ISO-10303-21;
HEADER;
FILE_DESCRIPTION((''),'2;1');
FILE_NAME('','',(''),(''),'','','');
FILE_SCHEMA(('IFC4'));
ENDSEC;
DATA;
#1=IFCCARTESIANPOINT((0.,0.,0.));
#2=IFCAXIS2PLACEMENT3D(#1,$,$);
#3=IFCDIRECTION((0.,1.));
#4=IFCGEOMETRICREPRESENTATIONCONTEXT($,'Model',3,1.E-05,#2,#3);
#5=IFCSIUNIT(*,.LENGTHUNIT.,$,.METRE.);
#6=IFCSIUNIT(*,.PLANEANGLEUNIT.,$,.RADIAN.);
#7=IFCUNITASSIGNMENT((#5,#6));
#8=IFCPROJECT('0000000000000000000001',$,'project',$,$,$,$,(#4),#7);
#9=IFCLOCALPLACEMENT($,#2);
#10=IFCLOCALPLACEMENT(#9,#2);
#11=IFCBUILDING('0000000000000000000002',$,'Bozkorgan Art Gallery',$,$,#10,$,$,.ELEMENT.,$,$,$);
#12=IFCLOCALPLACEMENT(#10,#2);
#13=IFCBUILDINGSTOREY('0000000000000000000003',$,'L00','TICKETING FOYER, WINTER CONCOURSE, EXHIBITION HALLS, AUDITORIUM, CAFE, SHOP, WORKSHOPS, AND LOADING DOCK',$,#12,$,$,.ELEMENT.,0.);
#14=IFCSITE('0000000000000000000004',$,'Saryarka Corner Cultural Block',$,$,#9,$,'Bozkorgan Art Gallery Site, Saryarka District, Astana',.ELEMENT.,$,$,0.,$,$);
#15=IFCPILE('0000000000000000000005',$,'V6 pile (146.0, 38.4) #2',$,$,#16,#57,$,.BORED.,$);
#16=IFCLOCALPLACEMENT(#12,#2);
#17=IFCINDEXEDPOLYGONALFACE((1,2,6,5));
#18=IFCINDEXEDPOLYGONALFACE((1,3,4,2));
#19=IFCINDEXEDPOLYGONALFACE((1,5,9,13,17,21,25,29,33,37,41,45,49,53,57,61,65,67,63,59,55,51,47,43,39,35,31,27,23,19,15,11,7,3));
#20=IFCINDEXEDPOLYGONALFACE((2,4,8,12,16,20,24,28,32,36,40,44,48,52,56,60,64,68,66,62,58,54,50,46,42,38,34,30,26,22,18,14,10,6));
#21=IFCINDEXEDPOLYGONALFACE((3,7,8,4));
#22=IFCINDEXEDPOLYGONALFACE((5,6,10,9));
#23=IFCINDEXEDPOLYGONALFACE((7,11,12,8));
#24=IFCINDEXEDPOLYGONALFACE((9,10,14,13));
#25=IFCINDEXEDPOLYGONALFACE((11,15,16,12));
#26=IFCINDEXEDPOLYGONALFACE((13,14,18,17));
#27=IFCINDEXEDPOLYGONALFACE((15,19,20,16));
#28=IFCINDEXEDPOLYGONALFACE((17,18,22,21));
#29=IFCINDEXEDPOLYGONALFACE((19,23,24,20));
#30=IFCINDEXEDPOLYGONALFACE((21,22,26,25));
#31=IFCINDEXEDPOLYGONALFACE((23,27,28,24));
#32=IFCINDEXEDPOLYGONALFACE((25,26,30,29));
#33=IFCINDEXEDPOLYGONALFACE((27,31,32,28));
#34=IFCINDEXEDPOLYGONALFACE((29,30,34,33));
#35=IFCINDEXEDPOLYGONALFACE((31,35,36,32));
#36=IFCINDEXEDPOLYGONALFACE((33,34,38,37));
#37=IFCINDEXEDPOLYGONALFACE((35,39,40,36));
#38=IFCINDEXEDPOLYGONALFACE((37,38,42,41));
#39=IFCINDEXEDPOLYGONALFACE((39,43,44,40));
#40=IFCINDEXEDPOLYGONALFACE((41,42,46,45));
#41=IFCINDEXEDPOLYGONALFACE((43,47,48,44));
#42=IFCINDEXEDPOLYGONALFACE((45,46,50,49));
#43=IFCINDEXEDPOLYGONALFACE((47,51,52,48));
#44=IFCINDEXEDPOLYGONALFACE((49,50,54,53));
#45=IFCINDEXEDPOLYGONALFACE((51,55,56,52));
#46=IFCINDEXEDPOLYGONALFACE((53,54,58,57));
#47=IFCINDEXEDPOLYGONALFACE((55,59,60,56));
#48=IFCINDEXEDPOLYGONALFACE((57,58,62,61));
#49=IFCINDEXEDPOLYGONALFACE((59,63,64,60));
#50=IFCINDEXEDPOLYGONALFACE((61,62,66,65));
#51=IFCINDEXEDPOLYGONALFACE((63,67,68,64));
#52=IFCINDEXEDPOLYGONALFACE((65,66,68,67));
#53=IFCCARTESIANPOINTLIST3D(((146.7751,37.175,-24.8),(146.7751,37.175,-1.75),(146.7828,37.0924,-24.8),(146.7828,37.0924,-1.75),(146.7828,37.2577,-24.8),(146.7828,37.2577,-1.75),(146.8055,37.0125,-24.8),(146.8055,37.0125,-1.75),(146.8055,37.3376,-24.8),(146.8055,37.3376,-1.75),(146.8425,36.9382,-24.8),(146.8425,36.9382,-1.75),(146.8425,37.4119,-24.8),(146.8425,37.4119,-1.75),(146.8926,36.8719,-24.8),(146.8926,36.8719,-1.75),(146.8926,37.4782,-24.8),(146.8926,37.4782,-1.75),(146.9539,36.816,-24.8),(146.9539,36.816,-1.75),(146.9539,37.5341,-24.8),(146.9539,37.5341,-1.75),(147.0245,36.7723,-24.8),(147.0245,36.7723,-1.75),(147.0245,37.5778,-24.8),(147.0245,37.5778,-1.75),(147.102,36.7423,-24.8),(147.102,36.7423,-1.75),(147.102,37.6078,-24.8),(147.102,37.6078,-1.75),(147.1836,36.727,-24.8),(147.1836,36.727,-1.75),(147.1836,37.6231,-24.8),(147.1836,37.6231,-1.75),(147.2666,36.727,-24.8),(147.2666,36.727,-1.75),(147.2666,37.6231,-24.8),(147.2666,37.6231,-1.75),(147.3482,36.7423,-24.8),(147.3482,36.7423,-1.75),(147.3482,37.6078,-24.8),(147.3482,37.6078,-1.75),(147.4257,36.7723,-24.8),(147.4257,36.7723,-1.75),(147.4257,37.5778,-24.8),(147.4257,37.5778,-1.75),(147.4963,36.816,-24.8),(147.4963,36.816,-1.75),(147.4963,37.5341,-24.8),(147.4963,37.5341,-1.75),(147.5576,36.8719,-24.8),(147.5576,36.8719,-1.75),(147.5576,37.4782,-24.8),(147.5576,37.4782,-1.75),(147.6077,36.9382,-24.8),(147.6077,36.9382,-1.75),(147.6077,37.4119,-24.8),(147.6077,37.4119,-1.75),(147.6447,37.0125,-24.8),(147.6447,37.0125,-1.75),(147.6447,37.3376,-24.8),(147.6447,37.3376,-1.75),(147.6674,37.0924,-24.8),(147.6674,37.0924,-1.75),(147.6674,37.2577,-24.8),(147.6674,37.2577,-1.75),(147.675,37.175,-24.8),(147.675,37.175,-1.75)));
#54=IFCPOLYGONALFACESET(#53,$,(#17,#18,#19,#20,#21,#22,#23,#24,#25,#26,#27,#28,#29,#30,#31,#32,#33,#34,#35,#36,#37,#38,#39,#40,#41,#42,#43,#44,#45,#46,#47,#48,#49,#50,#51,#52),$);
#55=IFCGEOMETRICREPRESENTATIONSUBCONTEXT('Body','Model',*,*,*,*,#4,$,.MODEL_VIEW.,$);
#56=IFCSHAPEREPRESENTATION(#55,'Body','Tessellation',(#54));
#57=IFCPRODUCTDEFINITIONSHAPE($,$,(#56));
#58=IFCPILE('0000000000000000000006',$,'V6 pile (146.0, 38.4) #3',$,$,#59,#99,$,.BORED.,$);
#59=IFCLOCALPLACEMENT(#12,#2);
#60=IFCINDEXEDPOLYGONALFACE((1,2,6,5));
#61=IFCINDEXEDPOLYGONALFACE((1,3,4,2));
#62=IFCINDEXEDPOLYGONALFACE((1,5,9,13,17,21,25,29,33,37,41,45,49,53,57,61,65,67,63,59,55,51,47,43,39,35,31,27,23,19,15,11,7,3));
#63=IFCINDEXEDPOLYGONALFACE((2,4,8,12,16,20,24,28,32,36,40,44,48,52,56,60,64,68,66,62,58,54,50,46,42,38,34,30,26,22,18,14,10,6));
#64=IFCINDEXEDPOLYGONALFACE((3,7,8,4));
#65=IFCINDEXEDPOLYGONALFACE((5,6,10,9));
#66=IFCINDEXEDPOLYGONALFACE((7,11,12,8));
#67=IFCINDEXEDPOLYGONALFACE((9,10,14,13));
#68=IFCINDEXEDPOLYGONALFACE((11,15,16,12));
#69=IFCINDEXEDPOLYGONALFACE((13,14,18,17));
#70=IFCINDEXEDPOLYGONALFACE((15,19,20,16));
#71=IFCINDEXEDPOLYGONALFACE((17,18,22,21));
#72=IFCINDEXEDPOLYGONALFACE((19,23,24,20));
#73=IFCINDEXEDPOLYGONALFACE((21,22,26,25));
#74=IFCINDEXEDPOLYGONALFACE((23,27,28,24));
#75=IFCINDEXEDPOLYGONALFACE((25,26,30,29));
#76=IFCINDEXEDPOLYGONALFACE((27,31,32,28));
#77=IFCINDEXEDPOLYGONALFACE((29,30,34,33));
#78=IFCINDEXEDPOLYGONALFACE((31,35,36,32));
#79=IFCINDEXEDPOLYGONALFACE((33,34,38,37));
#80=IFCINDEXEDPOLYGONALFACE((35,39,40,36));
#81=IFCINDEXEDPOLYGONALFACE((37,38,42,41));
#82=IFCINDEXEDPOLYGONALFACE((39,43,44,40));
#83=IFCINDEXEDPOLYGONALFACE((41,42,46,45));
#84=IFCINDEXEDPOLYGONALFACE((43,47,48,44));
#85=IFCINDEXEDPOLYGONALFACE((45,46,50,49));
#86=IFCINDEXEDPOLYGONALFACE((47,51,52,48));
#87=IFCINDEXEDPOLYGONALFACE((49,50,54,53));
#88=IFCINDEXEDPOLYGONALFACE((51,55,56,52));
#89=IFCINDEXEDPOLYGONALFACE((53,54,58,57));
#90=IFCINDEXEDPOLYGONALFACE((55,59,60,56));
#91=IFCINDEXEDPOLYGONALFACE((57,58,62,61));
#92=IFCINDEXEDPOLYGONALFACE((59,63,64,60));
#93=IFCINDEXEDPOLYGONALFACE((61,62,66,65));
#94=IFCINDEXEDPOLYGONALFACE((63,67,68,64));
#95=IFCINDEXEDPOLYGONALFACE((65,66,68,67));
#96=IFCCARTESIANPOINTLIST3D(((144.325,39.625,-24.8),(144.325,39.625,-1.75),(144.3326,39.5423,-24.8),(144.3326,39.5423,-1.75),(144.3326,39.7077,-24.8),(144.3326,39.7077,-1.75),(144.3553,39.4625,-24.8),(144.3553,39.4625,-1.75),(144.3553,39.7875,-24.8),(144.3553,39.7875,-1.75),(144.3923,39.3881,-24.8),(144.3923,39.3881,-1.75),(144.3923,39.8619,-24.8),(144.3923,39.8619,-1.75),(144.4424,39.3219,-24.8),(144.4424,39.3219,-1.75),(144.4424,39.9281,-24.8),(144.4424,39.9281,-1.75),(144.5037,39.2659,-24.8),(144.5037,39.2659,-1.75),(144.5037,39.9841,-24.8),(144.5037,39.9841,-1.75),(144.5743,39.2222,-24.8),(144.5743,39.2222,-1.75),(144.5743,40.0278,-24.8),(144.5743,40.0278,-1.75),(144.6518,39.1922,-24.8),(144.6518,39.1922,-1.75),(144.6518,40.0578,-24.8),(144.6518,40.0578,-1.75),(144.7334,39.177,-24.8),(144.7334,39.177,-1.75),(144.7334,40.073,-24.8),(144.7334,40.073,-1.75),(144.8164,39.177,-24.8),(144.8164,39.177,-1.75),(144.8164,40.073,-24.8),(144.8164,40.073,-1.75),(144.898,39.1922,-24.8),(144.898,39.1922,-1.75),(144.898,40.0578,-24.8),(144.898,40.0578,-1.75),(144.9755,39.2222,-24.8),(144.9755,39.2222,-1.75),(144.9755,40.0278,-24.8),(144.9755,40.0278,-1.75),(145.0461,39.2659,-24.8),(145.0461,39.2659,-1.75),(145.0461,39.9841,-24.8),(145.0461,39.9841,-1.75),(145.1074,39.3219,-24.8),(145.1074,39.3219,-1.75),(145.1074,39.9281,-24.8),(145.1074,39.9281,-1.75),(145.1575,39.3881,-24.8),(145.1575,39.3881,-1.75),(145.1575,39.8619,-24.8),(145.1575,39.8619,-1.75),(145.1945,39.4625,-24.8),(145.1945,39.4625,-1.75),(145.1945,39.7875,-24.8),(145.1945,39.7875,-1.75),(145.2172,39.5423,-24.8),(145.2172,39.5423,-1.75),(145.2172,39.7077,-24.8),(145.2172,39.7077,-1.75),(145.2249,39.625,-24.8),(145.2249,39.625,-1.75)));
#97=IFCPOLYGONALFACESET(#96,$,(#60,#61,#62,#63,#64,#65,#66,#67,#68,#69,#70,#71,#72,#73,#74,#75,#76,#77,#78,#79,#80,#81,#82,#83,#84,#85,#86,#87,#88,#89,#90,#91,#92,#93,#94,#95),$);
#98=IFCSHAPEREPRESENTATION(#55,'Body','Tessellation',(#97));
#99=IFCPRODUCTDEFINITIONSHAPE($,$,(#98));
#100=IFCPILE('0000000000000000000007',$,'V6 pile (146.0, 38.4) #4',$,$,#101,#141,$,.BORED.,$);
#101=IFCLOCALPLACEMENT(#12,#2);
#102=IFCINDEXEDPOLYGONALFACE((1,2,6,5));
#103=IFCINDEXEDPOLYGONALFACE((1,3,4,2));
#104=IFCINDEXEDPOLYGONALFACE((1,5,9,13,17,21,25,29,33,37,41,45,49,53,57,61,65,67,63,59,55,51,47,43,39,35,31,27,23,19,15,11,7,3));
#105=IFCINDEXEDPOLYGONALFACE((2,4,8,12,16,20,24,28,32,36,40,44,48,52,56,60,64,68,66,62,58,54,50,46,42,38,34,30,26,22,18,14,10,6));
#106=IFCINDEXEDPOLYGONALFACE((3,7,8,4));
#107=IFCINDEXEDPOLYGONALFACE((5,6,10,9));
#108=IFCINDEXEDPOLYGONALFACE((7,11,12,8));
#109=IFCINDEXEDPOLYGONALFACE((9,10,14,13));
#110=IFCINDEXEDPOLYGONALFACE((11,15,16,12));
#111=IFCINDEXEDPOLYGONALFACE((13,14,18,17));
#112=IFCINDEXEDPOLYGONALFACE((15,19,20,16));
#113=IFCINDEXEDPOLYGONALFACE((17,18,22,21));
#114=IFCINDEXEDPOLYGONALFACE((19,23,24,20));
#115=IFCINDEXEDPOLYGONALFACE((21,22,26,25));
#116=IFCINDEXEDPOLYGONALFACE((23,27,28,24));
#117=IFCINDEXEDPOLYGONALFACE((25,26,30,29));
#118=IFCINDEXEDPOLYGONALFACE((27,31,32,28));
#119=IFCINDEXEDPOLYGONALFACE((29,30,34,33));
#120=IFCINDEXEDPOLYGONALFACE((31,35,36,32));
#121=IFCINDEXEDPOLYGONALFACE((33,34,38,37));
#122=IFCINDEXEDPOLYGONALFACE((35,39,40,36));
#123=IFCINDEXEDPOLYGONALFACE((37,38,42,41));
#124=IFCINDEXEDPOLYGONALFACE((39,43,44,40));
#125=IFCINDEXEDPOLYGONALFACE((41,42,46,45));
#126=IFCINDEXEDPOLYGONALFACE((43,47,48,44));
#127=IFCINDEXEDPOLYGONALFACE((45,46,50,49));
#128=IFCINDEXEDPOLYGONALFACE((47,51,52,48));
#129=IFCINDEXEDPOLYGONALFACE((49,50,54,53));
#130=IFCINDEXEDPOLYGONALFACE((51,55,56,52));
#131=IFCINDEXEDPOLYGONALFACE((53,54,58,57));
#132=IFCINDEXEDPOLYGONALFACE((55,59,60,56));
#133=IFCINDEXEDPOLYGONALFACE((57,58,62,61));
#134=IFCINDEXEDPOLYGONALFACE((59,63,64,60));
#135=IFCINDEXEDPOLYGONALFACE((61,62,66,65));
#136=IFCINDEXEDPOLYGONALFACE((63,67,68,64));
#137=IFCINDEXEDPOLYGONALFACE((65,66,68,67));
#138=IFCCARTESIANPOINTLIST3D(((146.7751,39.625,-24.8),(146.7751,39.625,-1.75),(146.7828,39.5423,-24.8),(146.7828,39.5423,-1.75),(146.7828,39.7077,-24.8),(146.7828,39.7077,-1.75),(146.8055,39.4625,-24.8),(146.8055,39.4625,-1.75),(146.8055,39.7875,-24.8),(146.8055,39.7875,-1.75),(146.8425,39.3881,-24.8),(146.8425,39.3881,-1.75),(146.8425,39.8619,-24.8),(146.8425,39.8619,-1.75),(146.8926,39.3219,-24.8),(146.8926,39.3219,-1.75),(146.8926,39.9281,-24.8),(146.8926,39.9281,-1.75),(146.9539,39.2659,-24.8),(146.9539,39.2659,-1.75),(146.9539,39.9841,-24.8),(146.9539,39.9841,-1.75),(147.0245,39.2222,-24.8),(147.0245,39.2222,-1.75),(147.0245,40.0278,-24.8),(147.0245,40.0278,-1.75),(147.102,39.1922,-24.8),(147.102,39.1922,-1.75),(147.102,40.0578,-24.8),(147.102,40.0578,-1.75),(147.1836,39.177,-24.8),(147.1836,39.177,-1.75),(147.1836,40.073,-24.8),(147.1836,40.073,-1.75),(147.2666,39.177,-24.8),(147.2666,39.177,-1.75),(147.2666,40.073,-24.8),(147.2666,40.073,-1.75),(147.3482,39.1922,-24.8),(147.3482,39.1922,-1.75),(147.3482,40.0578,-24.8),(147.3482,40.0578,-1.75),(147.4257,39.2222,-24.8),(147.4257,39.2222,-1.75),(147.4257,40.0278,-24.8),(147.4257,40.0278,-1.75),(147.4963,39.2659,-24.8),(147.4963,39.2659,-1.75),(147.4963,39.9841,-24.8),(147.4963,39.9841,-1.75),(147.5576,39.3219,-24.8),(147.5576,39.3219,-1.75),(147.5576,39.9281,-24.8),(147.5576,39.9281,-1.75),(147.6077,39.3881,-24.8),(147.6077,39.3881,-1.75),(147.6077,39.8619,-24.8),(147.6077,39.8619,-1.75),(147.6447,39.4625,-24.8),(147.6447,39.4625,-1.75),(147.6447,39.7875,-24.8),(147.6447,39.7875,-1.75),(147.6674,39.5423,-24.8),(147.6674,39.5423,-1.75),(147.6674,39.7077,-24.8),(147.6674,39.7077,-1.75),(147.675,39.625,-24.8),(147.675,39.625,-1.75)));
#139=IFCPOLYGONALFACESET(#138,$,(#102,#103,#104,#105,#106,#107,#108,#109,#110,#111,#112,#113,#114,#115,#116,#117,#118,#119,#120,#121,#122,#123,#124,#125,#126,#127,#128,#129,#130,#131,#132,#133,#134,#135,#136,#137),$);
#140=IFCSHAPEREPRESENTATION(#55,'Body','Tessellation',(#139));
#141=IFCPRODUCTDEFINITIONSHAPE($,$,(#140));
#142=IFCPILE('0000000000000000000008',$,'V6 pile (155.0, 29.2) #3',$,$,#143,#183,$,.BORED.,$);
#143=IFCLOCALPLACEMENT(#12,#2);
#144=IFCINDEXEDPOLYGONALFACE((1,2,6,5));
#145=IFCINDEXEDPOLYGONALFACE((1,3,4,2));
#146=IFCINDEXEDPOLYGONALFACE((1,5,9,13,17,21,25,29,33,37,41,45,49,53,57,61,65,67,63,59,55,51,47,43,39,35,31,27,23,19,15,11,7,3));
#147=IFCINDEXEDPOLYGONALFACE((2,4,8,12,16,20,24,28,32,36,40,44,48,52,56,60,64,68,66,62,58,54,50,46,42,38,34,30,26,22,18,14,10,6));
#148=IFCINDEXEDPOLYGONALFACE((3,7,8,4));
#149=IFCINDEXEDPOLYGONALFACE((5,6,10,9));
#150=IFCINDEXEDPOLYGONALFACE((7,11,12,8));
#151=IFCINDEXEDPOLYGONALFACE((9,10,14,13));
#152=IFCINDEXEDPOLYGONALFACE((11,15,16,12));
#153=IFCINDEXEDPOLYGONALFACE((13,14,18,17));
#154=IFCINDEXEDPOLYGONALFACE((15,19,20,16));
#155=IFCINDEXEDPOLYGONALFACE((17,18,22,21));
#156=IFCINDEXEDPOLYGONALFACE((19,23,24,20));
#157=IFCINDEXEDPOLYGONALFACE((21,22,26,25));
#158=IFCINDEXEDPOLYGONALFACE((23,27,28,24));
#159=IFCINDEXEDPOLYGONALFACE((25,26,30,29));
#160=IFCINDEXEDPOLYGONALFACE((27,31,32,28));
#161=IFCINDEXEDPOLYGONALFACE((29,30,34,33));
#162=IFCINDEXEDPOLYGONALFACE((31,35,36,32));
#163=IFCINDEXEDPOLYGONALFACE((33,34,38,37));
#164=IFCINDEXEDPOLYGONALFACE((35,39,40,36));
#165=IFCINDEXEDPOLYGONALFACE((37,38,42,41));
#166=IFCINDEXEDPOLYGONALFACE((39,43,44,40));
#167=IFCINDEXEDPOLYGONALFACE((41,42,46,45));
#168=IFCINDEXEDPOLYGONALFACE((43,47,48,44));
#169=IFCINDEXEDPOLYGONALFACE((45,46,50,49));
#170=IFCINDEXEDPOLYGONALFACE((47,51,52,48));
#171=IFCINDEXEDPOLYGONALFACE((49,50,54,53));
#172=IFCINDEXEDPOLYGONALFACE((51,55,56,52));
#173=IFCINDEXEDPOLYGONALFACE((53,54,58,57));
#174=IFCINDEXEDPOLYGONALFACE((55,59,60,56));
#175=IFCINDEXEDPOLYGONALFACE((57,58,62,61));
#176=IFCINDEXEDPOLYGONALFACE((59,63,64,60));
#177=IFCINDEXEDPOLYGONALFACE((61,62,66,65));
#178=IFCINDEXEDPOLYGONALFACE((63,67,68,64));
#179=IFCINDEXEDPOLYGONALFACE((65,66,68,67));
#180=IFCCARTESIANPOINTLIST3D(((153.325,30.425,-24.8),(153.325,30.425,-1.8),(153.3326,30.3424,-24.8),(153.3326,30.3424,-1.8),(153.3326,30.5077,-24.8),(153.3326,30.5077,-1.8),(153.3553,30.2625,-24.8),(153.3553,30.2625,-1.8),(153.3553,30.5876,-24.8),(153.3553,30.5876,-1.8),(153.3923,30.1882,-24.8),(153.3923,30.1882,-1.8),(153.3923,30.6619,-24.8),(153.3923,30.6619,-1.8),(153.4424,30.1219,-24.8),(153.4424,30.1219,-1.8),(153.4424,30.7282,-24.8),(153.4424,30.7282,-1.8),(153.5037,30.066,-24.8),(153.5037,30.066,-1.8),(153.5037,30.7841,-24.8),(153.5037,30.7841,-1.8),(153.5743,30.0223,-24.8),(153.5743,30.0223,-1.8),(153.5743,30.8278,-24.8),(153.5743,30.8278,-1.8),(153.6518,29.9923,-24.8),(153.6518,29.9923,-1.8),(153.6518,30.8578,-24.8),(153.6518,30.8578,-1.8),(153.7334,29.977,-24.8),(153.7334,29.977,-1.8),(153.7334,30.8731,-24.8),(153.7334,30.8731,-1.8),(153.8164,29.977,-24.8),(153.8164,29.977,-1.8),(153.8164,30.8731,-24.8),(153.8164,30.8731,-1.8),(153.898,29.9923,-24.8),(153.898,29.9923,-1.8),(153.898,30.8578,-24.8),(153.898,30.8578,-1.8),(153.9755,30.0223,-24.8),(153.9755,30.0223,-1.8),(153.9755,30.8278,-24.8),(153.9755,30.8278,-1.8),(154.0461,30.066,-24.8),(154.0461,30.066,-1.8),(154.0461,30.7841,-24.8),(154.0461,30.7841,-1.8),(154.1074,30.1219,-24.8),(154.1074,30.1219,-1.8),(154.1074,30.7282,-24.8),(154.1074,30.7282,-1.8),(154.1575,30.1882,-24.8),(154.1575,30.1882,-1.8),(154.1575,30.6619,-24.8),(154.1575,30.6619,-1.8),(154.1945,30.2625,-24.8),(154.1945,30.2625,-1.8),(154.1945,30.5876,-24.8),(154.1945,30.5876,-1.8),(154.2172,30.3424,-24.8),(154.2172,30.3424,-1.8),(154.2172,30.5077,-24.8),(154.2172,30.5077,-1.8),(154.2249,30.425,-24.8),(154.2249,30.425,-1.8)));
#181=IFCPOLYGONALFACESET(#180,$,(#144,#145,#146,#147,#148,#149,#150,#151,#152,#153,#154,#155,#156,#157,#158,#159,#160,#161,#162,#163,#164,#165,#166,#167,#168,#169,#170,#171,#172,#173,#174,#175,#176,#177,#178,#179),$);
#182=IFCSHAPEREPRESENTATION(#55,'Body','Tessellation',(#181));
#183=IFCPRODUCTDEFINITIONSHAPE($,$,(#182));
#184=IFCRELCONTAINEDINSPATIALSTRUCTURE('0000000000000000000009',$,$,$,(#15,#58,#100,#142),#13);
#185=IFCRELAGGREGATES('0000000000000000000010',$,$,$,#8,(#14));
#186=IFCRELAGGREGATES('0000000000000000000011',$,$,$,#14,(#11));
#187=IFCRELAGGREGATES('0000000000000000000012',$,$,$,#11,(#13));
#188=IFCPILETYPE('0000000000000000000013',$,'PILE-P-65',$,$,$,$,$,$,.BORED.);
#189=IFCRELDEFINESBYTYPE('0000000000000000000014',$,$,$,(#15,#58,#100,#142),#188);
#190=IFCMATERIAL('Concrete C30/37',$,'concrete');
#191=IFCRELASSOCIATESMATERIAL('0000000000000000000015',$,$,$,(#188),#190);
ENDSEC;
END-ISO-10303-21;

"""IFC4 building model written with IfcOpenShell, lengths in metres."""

from ifc_helpers import new_model, si_unit, direction, frame, origin, origin_2d, place, context, subcontext, project, spatial, circle, extrude, material, material_profile, profile_set, type_object, element, save


model = new_model("IFC4")

# Units and contexts
model_context = context("Model", 3, precision=1e-05, world=origin(), true_north=direction((0.0, 1.0)))
body_context = subcontext(model_context, "Body", "Model", "MODEL_VIEW")
ifc_project = project(units=[si_unit("LENGTHUNIT", "METRE"), si_unit("PLANEANGLEUNIT", "RADIAN")], contexts=[model_context])

# Site, building, storey
site_placement = place(None, origin())
site = spatial("IfcSite", under=ifc_project, at=site_placement, Name="Saryarka Corner Cultural Block", LongName="Bozkorgan Art Gallery Site, Saryarka District, Astana", CompositionType="ELEMENT", RefElevation=0.0)
building_placement = place(site_placement, origin())
building = spatial("IfcBuilding", under=site, at=building_placement, Name="Bozkorgan Art Gallery", CompositionType="ELEMENT")
storey_placement = place(building_placement, origin())
storey = spatial("IfcBuildingStorey", under=building, at=storey_placement, Name="L00", Description="TICKETING FOYER, WINTER CONCOURSE, EXHIBITION HALLS, AUDITORIUM, CAFE, SHOP, WORKSHOPS, AND LOADING DOCK", CompositionType="ELEMENT", Elevation=0.0)

# Shared definitions
ifc_material_1 = material(Name="Concrete C30/37", Category="concrete")

# Piles
ifc_material_profile_1 = material_profile(ifc_material_1, circle(Radius=0.45, at=origin_2d()), Name="PILE D900")
ifc_profile_set_1 = profile_set([ifc_material_profile_1], Name="Concrete C30/37")
pile_type = type_object("IfcPileType", Name="PILE-P-65", PredefinedType="BORED", material=ifc_profile_set_1)
for number, where, z_axis, x_axis, name in (
    (1, (147.2251, 37.175, -1.75), (0.0, 0.0, -1.0), (1.0, 0.0, 0.0), "V6 pile (146.0, 38.4) #2"),
    (2, (144.7749, 39.625, -1.75), (0.0, 0.0, -1.0), (1.0, 0.0, 0.0), "V6 pile (146.0, 38.4) #3"),
    (3, (147.2251, 39.625, -1.75), (0.0, 0.0, -1.0), (1.0, 0.0, 0.0), "V6 pile (146.0, 38.4) #4"),
):
    element("IfcPile", number, at=place(storey_placement, frame(where, z_axis=z_axis, x_axis=x_axis)), inside=storey, type_object=pile_type, Name=name, PredefinedType="BORED", context=body_context, shape_type="SweptSolid", body=[
        extrude(circle(Radius=0.45, at=origin_2d()), origin(), (0.0, 0.0, 1.0), 23.05),
    ])
for number, where, z_axis, x_axis, name in (
    (4, (153.7749, 30.425, -1.8), (0.0, 0.0, -1.0), (1.0, 0.0, 0.0), "V6 pile (155.0, 29.2) #3"),
):
    element("IfcPile", number, at=place(storey_placement, frame(where, z_axis=z_axis, x_axis=x_axis)), inside=storey, type_object=pile_type, Name=name, PredefinedType="BORED", context=body_context, shape_type="SweptSolid", body=[
        extrude(circle(Radius=0.45, at=origin_2d()), origin(), (0.0, 0.0, 1.0), 23.0),
    ])

save(model, "model.ifc")
